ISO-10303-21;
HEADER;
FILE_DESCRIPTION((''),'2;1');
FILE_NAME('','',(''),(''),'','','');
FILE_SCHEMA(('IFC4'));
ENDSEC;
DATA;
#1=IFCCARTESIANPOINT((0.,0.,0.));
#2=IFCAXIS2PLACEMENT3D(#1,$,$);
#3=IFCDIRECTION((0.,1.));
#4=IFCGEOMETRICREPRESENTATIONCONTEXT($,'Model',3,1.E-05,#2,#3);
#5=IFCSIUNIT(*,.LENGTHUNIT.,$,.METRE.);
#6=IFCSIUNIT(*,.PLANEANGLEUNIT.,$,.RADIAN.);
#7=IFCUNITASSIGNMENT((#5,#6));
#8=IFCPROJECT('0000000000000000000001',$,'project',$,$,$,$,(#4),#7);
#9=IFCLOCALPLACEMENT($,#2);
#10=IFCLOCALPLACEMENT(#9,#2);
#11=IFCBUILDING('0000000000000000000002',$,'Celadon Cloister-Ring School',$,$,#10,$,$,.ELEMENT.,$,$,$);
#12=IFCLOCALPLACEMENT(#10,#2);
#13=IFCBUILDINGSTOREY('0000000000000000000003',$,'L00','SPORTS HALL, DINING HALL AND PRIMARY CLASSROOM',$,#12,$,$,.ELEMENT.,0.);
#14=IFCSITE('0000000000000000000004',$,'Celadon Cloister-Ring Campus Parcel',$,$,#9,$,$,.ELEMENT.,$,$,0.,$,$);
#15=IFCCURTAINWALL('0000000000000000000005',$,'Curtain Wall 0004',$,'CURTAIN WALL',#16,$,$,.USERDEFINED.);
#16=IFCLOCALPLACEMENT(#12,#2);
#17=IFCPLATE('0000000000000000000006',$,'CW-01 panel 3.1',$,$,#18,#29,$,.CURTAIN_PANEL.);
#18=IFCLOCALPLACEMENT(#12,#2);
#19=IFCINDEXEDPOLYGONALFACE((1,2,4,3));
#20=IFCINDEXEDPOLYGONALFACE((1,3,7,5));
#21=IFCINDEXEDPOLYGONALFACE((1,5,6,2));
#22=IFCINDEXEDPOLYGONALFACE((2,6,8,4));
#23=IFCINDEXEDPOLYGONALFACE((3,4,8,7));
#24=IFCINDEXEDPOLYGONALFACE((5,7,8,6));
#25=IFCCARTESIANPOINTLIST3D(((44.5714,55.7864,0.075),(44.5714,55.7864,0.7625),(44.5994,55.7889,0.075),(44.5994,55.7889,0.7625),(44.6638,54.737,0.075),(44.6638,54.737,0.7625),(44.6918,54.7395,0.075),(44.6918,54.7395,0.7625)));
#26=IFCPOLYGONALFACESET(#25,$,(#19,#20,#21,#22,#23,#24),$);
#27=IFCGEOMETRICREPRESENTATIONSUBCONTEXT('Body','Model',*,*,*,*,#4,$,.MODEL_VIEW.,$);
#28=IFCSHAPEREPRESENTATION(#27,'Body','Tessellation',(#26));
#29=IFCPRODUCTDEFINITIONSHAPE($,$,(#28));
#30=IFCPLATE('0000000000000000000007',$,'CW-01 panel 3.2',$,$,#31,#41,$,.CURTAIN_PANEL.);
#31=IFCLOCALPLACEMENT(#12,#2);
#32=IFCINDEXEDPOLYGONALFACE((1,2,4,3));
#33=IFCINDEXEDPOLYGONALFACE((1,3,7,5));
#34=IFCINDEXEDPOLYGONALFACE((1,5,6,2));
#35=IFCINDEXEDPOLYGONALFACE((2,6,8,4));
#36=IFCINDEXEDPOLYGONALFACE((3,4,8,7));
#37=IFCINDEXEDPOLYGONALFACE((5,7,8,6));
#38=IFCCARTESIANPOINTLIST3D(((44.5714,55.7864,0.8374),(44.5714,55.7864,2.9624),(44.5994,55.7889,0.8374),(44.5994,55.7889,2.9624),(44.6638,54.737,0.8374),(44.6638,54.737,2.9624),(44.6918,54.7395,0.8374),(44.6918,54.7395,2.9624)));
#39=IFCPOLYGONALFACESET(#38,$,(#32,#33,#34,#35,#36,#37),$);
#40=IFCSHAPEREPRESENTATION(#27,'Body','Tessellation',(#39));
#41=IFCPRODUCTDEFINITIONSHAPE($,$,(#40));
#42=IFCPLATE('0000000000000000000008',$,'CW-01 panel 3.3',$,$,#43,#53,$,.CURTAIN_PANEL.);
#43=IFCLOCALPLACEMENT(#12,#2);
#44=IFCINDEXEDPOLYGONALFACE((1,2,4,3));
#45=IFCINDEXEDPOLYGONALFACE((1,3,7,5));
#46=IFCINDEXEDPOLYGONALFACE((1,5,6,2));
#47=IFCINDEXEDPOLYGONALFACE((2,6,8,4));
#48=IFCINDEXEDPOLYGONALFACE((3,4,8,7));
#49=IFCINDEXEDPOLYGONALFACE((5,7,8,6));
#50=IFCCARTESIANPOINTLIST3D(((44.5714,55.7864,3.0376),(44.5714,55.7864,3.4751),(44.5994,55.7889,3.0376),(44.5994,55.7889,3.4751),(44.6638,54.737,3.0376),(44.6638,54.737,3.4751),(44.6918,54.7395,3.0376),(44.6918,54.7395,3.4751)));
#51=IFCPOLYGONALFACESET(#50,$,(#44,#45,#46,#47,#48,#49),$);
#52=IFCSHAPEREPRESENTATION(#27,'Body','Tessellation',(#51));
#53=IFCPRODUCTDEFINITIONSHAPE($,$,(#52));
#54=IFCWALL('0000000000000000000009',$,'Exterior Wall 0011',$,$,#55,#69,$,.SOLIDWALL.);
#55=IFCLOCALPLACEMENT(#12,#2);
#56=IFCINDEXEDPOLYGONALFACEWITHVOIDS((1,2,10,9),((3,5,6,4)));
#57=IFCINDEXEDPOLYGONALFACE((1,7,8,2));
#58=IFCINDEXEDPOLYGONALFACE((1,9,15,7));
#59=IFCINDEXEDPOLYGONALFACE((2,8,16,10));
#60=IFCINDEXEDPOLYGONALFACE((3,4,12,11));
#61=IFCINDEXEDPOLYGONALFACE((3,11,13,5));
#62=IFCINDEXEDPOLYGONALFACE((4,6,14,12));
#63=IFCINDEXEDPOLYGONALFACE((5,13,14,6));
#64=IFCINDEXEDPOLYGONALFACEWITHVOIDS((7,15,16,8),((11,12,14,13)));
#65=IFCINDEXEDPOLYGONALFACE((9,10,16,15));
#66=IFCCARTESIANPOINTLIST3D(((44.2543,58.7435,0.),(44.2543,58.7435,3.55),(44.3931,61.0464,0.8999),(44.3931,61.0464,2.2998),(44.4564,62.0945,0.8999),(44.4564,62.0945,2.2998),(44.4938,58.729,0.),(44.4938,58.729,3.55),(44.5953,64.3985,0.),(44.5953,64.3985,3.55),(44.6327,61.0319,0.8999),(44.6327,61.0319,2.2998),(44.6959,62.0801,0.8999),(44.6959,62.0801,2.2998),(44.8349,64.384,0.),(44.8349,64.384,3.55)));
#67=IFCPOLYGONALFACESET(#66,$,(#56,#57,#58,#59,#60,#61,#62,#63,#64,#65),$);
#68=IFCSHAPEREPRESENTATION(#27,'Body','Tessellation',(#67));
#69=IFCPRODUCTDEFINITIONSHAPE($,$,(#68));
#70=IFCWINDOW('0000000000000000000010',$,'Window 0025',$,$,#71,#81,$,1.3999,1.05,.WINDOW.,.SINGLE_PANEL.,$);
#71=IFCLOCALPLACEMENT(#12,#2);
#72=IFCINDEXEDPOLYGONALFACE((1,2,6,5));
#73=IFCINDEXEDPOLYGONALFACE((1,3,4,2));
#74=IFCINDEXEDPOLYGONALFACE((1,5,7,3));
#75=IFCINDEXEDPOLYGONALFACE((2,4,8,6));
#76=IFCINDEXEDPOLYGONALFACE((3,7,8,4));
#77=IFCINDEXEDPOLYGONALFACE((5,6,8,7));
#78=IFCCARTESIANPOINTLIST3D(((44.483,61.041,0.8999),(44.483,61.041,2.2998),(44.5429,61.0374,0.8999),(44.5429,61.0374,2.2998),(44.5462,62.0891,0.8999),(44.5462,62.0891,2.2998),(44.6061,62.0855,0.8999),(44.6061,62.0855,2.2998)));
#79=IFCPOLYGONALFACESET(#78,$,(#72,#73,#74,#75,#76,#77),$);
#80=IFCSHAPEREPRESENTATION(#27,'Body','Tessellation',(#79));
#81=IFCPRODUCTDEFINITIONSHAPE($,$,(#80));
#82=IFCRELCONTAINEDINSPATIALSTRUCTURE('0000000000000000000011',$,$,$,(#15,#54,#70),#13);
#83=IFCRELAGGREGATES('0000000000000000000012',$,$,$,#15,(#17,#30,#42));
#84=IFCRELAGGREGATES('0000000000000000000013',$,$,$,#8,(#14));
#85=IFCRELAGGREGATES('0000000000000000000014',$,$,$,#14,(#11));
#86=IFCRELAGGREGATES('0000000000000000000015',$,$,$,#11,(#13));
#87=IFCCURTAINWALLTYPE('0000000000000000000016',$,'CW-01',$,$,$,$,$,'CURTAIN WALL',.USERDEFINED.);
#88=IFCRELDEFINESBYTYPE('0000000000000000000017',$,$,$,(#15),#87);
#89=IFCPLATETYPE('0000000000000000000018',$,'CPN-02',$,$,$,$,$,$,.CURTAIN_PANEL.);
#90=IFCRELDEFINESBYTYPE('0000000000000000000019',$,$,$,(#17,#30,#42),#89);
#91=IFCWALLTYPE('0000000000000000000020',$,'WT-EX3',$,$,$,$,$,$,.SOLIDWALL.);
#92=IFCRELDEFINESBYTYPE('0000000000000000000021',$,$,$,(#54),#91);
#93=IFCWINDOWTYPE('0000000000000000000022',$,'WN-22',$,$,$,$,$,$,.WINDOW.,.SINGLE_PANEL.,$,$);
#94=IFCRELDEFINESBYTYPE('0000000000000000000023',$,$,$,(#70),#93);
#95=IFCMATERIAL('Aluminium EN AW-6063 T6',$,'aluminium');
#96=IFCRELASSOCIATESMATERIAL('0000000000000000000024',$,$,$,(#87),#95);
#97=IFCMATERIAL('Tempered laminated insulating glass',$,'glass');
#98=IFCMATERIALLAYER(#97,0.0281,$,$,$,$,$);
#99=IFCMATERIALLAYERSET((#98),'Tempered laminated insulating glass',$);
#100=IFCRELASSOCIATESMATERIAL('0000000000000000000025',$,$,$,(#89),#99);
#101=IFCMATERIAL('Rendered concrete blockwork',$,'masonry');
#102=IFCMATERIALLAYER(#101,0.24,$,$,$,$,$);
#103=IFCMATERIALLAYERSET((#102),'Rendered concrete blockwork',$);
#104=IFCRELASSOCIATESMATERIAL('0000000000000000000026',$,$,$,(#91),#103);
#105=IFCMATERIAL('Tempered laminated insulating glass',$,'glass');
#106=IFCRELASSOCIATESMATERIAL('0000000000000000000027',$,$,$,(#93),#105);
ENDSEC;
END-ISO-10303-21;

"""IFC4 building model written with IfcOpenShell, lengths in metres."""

from ifc_helpers import new_model, si_unit, direction, frame, frame_2d, origin, origin_2d, place, context, subcontext, project, spatial, rectangle, extrude, material, layer, layer_set, type_object, element, fill, aggregate, save


model = new_model("IFC4")

# Units and contexts
model_context = context("Model", 3, precision=1e-05, world=origin(), true_north=direction((0.0, 1.0)))
body_context = subcontext(model_context, "Body", "Model", "MODEL_VIEW")
ifc_project = project(units=[si_unit("LENGTHUNIT", "METRE"), si_unit("PLANEANGLEUNIT", "RADIAN")], contexts=[model_context])

# Site, building, storey
site_placement = place(None, origin())
site = spatial("IfcSite", under=ifc_project, at=site_placement, Name="Celadon Cloister-Ring Campus Parcel", CompositionType="ELEMENT", RefElevation=0.0)
building_placement = place(site_placement, origin())
building = spatial("IfcBuilding", under=site, at=building_placement, Name="Celadon Cloister-Ring School", CompositionType="ELEMENT")
storey_placement = place(building_placement, origin())
storey = spatial("IfcBuildingStorey", under=building, at=storey_placement, Name="L00", Description="SPORTS HALL, DINING HALL AND PRIMARY CLASSROOM", CompositionType="ELEMENT", Elevation=0.0)

# Curtain wall
ifc_material_1 = material(Name="Aluminium EN AW-6063 T6", Category="aluminium")
curtain_wall_type = type_object("IfcCurtainWallType", Name="CW-01", ElementType="CURTAIN WALL", PredefinedType="USERDEFINED", material=ifc_material_1)
curtain_wall_placement = place(storey_placement, origin())
curtain_wall = element("IfcCurtainWall", 1, at=curtain_wall_placement, inside=storey, type_object=curtain_wall_type, Name="Curtain Wall 0004", ObjectType="CURTAIN WALL", PredefinedType="USERDEFINED")

# Plates
ifc_material_2 = material(Name="Tempered laminated insulating glass", Category="glass")
ifc_layer_1 = layer(ifc_material_2, 0.0281)
ifc_layer_set_1 = layer_set([ifc_layer_1], Name="Tempered laminated insulating glass")
plate_type = type_object("IfcPlateType", Name="CPN-02", PredefinedType="CURTAIN_PANEL", material=ifc_layer_set_1)
plate_1_placement = place(storey_placement, frame((44.6316, 55.2629, 0.075), z_axis=(0.0, 0.0, 1.0), x_axis=(0.087688, -0.996148, 0.0)))
plate_1 = element("IfcPlate", 2, at=plate_1_placement, type_object=plate_type, Name="CW-01 panel 3.1", PredefinedType="CURTAIN_PANEL", context=body_context, shape_type="SweptSolid", body=[
    extrude(rectangle(XDim=1.0535, YDim=0.0281, at=origin_2d()), origin(), (0.0, 0.0, 1.0), 0.6875),
])
plate_2_placement = place(storey_placement, frame((44.6316, 55.2629, 0.8374), z_axis=(0.0, 0.0, 1.0), x_axis=(0.087688, -0.996148, 0.0)))
plate_2 = element("IfcPlate", 3, at=plate_2_placement, type_object=plate_type, Name="CW-01 panel 3.2", PredefinedType="CURTAIN_PANEL", context=body_context, shape_type="SweptSolid", body=[
    extrude(rectangle(XDim=1.0535, YDim=0.0281, at=origin_2d()), origin(), (0.0, 0.0, 1.0), 2.125),
])
plate_3_placement = place(storey_placement, frame((44.6316, 55.2629, 3.0376), z_axis=(0.0, 0.0, 1.0), x_axis=(0.087688, -0.996148, 0.0)))
plate_3 = element("IfcPlate", 4, at=plate_3_placement, type_object=plate_type, Name="CW-01 panel 3.3", PredefinedType="CURTAIN_PANEL", context=body_context, shape_type="SweptSolid", body=[
    extrude(rectangle(XDim=1.0535, YDim=0.0281, at=origin_2d()), origin(), (0.0, 0.0, 1.0), 0.4375),
])
aggregate(curtain_wall, [plate_1, plate_2, plate_3])

# Wall, opening, window
ifc_material_3 = material(Name="Rendered concrete blockwork", Category="masonry")
ifc_layer_2 = layer(ifc_material_3, 0.24)
ifc_layer_set_2 = layer_set([ifc_layer_2], Name="Rendered concrete blockwork")
wall_type = type_object("IfcWallType", Name="WT-EX3", PredefinedType="SOLIDWALL", material=ifc_layer_set_2)
wall_placement = place(storey_placement, frame((44.7151, 64.3911, 0.0), z_axis=(0.0, 0.0, 1.0), x_axis=(-0.060202, -0.998186, 0.0)))
wall = element("IfcWall", 5, at=wall_placement, inside=storey, type_object=wall_type, Name="Exterior Wall 0011", PredefinedType="SOLIDWALL", context=body_context, shape_type="SweptSolid", body=[
    extrude(rectangle(XDim=5.6653, YDim=0.24, at=frame_2d((2.8325, 0.0))), origin(), (0.0, 0.0, 1.0), 3.55),
])
opening_placement = place(wall_placement, frame((2.3081, 0.0, 0.8999)))
opening = element("IfcOpeningElement", 6, at=opening_placement, cuts=wall, PredefinedType="OPENING", context=body_context, shape_type="SweptSolid", body=[
    extrude(rectangle(XDim=1.05, YDim=1.3999, at=frame_2d((0.5249, 0.7))), frame((0.0, 0.1299, 0.0), z_axis=(0.0, -1.0, 0.0), x_axis=(1.0, 0.0, 0.0)), (0.0, 0.0, 1.0), 0.26),
])
ifc_material_4 = material(Name="Tempered laminated insulating glass", Category="glass")
window_type = type_object("IfcWindowType", Name="WN-22", PartitioningType="SINGLE_PANEL", PredefinedType="WINDOW", material=ifc_material_4)
window_placement = place(opening_placement, origin())
window = element("IfcWindow", 7, at=window_placement, inside=storey, type_object=window_type, Name="Window 0025", OverallHeight=1.3999, OverallWidth=1.05, PartitioningType="SINGLE_PANEL", PredefinedType="WINDOW", context=body_context, shape_type="SweptSolid", body=[
    extrude(rectangle(XDim=1.05, YDim=1.3999, at=frame_2d((0.5249, 0.7))), frame((0.0, 0.03, 0.0), z_axis=(0.0, -1.0, 0.0), x_axis=(1.0, 0.0, 0.0)), (0.0, 0.0, 1.0), 0.0601),
])
fill(opening, window)

save(model, "model.ifc")
